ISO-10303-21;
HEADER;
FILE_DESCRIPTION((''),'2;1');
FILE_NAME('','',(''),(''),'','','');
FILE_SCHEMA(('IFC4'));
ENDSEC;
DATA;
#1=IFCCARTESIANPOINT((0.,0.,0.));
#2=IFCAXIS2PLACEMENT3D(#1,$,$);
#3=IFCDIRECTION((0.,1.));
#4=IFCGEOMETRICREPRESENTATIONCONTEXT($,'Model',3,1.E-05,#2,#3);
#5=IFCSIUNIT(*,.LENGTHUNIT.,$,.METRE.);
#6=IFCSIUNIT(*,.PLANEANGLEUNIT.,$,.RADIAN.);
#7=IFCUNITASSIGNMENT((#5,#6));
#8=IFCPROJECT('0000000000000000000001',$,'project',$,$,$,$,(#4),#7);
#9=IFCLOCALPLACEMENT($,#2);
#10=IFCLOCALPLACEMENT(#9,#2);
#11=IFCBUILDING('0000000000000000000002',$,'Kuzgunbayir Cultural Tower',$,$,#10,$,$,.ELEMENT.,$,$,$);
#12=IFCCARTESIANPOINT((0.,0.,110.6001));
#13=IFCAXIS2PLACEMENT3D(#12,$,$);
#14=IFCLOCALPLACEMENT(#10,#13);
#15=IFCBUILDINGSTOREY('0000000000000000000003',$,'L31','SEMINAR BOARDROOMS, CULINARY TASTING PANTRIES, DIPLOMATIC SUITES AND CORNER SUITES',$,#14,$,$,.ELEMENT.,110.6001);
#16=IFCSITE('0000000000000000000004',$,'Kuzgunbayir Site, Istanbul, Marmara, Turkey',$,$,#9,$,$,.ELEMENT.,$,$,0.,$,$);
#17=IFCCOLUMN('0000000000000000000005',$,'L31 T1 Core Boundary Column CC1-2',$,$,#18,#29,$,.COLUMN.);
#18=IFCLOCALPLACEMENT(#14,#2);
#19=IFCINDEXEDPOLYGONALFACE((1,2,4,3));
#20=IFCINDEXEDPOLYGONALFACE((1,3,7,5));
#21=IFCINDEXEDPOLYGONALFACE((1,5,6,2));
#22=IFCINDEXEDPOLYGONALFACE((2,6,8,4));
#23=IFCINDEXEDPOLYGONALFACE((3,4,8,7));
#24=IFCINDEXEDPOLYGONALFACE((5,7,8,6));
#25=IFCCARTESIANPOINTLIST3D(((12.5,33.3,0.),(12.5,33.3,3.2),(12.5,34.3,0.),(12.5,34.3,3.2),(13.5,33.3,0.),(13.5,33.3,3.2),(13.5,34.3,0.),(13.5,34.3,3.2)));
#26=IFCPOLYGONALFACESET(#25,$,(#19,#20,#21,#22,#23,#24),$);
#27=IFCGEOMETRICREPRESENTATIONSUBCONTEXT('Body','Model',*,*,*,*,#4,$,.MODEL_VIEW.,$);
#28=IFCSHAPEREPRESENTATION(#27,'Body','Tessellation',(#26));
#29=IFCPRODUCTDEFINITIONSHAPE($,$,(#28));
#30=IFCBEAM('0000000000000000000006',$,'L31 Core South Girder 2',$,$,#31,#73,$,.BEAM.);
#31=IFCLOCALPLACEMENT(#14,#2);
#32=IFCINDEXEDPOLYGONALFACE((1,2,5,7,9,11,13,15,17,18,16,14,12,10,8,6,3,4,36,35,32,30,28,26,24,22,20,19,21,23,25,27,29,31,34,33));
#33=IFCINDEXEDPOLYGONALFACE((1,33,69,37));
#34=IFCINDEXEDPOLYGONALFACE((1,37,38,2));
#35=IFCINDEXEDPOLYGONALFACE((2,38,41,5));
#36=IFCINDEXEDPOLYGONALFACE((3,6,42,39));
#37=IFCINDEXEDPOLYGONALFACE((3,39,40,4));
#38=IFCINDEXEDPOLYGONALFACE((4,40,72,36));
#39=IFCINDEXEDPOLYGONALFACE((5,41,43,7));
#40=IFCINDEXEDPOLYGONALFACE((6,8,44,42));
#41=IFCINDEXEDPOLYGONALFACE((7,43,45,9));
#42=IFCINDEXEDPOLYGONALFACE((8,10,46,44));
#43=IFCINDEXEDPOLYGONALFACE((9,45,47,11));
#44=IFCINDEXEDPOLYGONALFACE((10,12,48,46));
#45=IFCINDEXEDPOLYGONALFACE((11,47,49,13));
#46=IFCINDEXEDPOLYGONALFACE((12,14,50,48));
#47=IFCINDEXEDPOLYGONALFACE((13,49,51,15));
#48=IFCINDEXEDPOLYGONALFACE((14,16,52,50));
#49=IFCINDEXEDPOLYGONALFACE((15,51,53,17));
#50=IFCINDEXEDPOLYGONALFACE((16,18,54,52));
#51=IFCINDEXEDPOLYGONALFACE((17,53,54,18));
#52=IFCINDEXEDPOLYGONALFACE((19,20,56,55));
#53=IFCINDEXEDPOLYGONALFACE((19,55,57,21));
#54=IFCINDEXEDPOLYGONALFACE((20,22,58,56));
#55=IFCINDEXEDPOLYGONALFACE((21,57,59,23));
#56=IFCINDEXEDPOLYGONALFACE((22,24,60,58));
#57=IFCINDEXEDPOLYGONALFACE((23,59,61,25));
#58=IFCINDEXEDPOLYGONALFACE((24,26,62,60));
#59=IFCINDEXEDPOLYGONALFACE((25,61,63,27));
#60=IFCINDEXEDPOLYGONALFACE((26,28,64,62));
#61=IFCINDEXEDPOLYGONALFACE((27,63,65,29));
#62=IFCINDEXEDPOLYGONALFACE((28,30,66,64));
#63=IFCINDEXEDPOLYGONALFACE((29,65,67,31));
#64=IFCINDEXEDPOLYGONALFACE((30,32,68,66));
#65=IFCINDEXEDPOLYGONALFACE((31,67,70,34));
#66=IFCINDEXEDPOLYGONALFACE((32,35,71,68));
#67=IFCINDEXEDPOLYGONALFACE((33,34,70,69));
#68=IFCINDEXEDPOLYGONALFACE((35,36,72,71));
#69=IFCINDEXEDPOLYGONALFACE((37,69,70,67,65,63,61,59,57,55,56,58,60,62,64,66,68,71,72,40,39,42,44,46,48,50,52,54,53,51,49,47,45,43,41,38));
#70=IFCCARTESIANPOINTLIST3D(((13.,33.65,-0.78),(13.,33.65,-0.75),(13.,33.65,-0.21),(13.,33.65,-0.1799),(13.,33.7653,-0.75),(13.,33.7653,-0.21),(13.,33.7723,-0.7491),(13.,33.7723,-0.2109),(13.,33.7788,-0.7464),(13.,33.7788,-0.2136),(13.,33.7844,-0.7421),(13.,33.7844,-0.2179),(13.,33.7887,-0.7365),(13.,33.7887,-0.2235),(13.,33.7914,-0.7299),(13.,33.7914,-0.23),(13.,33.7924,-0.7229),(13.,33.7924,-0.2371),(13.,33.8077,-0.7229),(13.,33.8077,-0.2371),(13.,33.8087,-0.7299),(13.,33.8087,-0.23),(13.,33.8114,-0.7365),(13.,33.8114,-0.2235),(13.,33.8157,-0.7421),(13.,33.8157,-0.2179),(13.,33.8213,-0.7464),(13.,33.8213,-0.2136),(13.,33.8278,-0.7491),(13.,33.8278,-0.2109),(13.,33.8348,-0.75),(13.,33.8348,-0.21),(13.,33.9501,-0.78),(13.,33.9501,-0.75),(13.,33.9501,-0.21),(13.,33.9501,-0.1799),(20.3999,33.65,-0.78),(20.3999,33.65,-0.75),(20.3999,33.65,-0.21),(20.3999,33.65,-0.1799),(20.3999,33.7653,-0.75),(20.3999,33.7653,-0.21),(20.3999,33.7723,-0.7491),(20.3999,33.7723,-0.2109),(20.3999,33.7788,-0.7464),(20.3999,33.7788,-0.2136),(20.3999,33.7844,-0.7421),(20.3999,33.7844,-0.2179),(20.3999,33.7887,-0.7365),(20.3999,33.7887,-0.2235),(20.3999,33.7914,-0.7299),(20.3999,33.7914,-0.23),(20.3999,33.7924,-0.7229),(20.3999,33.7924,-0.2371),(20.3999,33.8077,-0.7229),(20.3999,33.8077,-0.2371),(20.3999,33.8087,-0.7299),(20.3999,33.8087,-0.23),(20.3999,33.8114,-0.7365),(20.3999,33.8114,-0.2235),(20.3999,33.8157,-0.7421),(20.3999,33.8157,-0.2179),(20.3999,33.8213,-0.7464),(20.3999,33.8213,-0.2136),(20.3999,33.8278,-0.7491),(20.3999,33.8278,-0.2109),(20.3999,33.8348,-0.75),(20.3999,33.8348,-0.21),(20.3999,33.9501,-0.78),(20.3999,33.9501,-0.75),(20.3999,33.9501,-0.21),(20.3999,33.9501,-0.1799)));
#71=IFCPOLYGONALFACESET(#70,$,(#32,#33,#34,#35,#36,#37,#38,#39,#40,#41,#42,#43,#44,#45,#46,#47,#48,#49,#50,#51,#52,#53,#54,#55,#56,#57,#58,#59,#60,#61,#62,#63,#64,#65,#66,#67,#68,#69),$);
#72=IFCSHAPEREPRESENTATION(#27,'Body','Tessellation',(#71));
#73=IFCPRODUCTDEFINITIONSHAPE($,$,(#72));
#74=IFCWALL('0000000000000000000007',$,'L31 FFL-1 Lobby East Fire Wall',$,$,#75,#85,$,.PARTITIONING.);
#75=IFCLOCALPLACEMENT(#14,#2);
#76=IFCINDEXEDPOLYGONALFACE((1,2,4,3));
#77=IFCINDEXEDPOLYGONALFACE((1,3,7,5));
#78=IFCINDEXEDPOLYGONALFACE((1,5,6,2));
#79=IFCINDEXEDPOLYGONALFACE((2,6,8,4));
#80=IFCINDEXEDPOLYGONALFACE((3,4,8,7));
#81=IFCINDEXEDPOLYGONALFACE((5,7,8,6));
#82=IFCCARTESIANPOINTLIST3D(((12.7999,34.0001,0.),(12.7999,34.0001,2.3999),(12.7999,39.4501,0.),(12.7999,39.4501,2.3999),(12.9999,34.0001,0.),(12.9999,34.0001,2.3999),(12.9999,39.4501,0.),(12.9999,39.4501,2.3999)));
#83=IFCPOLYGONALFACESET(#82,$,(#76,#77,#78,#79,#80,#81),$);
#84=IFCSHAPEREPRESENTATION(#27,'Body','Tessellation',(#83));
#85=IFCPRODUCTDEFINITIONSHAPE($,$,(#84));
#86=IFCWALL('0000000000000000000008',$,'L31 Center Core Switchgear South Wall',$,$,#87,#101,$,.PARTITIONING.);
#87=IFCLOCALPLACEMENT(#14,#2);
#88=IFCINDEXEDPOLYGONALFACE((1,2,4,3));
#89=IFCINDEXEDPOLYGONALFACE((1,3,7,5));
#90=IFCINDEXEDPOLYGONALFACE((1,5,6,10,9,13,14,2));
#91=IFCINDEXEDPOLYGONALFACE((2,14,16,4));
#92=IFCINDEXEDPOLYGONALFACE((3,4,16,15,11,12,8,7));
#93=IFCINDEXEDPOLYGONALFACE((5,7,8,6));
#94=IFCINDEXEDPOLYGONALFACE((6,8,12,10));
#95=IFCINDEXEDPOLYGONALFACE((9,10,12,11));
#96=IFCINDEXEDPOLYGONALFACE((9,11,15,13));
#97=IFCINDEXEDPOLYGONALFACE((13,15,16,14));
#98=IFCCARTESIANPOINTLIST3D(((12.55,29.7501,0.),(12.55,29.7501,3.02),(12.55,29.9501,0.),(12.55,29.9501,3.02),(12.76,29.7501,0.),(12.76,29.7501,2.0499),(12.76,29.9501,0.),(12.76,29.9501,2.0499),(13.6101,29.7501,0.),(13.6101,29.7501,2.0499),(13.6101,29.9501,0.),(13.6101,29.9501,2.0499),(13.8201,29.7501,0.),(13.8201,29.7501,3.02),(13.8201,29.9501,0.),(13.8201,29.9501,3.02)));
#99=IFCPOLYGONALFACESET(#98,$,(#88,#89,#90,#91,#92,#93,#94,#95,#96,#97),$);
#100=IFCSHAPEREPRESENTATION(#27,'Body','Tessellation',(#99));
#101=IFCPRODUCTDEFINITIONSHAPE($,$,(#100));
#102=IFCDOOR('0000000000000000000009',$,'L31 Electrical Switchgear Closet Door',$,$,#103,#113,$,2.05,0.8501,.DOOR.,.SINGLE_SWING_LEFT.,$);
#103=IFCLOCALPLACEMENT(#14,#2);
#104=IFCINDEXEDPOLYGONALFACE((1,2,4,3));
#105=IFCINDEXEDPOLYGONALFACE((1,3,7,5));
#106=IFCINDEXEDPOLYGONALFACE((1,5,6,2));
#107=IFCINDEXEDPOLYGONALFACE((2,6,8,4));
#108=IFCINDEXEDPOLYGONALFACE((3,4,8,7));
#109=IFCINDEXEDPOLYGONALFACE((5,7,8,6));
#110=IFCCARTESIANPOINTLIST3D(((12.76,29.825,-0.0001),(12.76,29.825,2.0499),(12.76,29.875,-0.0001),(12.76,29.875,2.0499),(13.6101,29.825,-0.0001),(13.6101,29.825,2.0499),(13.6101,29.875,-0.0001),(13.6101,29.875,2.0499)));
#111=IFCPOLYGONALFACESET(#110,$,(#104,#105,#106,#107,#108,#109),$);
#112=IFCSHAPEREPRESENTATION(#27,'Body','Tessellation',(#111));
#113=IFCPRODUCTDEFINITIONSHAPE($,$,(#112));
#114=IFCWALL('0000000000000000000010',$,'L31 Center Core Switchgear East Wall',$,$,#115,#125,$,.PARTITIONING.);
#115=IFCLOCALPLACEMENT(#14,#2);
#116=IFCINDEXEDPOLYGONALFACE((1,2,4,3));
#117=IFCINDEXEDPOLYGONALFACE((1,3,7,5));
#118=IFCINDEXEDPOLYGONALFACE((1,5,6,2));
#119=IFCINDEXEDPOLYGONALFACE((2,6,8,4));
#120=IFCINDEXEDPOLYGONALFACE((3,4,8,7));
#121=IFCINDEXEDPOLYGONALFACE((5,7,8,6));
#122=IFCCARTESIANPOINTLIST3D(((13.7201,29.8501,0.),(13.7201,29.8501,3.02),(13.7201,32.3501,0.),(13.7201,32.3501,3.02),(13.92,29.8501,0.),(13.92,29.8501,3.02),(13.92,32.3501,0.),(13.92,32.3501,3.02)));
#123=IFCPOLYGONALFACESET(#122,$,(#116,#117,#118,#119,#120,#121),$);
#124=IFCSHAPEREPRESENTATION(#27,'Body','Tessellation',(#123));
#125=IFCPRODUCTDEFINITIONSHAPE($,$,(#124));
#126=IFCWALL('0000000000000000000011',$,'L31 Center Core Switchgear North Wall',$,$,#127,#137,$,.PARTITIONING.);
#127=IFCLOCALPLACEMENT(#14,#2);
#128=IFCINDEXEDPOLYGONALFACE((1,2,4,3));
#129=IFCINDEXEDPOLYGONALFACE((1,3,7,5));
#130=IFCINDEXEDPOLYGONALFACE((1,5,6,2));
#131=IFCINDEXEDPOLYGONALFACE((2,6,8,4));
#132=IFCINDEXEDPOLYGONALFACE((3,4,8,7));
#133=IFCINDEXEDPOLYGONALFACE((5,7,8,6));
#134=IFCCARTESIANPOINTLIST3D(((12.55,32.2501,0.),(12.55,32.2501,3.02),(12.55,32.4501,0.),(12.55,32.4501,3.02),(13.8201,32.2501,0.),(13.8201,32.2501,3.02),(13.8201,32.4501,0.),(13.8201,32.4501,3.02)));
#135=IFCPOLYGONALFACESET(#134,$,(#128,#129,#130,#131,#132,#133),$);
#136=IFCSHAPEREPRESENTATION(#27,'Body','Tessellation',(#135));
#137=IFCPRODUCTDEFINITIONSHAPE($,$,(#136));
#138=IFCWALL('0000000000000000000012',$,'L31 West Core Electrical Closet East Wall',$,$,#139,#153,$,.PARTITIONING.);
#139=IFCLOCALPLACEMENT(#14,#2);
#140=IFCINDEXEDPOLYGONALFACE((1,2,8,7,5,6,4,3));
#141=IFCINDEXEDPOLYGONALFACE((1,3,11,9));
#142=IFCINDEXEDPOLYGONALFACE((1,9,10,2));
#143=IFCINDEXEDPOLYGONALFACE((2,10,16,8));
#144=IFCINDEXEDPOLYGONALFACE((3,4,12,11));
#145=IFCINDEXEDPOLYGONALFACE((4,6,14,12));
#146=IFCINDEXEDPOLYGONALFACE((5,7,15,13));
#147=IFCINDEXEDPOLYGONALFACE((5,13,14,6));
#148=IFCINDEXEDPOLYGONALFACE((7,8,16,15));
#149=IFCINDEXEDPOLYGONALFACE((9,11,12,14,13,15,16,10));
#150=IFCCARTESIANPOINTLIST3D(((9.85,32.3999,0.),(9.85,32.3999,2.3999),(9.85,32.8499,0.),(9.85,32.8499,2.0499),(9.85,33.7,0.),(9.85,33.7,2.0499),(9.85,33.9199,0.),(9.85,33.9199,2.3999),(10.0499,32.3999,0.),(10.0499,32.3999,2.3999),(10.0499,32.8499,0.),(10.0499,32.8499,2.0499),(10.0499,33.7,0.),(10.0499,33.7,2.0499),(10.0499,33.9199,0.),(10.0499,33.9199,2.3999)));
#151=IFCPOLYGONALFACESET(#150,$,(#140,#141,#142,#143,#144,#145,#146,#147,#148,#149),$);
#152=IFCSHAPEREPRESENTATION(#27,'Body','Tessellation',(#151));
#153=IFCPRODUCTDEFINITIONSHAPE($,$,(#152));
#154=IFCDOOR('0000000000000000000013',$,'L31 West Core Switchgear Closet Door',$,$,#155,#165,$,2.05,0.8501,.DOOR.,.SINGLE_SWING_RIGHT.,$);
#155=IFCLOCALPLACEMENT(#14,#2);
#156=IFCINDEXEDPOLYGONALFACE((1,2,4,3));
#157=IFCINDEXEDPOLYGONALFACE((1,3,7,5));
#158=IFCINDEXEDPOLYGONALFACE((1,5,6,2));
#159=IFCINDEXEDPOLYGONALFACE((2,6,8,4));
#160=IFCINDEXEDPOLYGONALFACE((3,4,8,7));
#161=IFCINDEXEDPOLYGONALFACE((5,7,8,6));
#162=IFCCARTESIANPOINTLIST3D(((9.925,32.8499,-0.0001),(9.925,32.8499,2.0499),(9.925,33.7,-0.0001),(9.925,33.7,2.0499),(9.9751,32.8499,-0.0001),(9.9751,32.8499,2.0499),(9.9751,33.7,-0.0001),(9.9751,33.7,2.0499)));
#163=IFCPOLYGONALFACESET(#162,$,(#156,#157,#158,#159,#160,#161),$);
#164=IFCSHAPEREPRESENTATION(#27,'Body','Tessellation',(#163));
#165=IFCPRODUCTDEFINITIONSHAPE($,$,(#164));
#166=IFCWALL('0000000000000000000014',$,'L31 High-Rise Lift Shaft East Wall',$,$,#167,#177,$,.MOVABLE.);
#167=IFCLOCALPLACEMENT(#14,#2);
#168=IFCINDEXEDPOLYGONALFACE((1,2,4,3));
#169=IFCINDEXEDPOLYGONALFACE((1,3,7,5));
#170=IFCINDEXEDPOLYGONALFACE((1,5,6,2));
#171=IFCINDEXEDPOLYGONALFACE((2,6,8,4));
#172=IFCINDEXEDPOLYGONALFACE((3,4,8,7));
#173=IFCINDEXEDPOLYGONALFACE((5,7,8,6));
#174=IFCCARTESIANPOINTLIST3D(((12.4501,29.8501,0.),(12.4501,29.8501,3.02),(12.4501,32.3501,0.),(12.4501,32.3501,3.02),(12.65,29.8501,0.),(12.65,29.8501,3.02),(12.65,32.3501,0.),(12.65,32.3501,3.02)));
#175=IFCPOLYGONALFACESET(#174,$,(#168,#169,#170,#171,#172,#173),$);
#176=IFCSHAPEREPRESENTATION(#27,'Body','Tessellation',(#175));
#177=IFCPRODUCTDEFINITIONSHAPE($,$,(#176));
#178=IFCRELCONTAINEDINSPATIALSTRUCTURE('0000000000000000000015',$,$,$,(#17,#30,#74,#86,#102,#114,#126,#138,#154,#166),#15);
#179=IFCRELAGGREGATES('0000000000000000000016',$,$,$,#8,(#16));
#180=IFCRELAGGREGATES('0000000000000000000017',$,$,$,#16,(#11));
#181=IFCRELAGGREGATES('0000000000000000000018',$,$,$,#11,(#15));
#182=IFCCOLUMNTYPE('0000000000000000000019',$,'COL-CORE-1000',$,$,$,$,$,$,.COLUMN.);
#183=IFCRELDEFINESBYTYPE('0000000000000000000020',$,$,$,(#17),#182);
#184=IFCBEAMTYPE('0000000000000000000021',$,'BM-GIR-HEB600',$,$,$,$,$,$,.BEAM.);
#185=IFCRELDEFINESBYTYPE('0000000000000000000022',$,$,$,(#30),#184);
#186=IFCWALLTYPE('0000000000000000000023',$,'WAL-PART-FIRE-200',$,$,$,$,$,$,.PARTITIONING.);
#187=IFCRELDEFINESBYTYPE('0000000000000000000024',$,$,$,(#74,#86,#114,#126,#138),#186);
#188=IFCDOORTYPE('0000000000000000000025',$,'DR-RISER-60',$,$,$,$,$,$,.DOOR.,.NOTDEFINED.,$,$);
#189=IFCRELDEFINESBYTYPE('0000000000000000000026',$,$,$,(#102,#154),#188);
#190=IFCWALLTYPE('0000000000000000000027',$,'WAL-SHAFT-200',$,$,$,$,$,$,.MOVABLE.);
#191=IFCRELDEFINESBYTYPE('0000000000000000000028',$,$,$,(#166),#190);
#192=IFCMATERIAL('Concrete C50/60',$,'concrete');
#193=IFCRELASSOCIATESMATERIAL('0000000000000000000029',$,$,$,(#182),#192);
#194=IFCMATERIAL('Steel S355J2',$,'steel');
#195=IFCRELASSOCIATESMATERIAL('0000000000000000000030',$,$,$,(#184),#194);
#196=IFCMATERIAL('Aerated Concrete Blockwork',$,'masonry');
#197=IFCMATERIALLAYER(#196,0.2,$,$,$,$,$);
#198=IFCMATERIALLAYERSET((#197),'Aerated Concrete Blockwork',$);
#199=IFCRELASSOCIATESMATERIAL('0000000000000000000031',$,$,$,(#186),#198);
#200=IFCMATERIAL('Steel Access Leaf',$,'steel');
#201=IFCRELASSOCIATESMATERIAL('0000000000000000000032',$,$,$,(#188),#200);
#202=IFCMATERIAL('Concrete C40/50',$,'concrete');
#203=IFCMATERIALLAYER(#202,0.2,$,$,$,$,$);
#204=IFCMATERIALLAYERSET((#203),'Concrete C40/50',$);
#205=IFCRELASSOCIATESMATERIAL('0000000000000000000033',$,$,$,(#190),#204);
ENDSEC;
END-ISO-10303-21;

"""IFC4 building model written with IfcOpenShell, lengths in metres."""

from ifc_helpers import new_model, si_unit, direction, frame, frame_2d, origin, origin_2d, place, context, subcontext, project, spatial, rectangle, i_section, extrude, material, layer, layer_set, material_profile, profile_set, type_object, element, fill, save


model = new_model("IFC4")

# Units and contexts
model_context = context("Model", 3, precision=1e-05, world=origin(), true_north=direction((0.0, 1.0)))
body_context = subcontext(model_context, "Body", "Model", "MODEL_VIEW")
ifc_project = project(units=[si_unit("LENGTHUNIT", "METRE"), si_unit("PLANEANGLEUNIT", "RADIAN")], contexts=[model_context])

# Site, building, storey
site_placement = place(None, origin())
site = spatial("IfcSite", under=ifc_project, at=site_placement, Name="Kuzgunbayir Site, Istanbul, Marmara, Turkey", CompositionType="ELEMENT", RefElevation=0.0)
building_placement = place(site_placement, origin())
building = spatial("IfcBuilding", under=site, at=building_placement, Name="Kuzgunbayir Cultural Tower", CompositionType="ELEMENT")
storey_placement = place(building_placement, frame((0.0, 0.0, 110.6001)))
storey = spatial("IfcBuildingStorey", under=building, at=storey_placement, Name="L31", Description="SEMINAR BOARDROOMS, CULINARY TASTING PANTRIES, DIPLOMATIC SUITES AND CORNER SUITES", CompositionType="ELEMENT", Elevation=110.6001)

# Column
ifc_material_1 = material(Name="Concrete C50/60", Category="concrete")
ifc_material_profile_1 = material_profile(ifc_material_1, rectangle(XDim=1.0, YDim=1.0, at=origin_2d()), Name="RC 1000x1000")
ifc_profile_set_1 = profile_set([ifc_material_profile_1], Name="Concrete C50/60")
column_type = type_object("IfcColumnType", Name="COL-CORE-1000", PredefinedType="COLUMN", material=ifc_profile_set_1)
column_placement = place(storey_placement, frame((13.0, 33.8, 0.0), z_axis=(0.0, 0.0, 1.0), x_axis=(1.0, 0.0, 0.0)))
element("IfcColumn", 1, at=column_placement, inside=storey, type_object=column_type, Name="L31 T1 Core Boundary Column CC1-2", PredefinedType="COLUMN", context=body_context, shape_type="SweptSolid", body=[
    extrude(rectangle(XDim=1.0, YDim=1.0, at=origin_2d()), origin(), (0.0, 0.0, 1.0), 3.2),
])

# Beam
ifc_material_2 = material(Name="Steel S355J2", Category="steel")
ifc_material_profile_2 = material_profile(ifc_material_2, i_section(OverallWidth=0.3, OverallDepth=0.6001, WebThickness=0.0154, FlangeThickness=0.03, FilletRadius=0.0271, at=origin_2d()), Name="HEB 600")
ifc_profile_set_2 = profile_set([ifc_material_profile_2], Name="Steel S355J2")
beam_type = type_object("IfcBeamType", Name="BM-GIR-HEB600", PredefinedType="BEAM", material=ifc_profile_set_2)
beam_placement = place(storey_placement, frame((13.0, 33.8, -0.48), z_axis=(1.0, 0.0, 0.0), x_axis=(0.0, 1.0, 0.0)))
element("IfcBeam", 2, at=beam_placement, inside=storey, type_object=beam_type, Name="L31 Core South Girder 2", PredefinedType="BEAM", context=body_context, shape_type="SweptSolid", body=[
    extrude(i_section(OverallWidth=0.3, OverallDepth=0.6001, WebThickness=0.0154, FlangeThickness=0.03, FilletRadius=0.0271, at=origin_2d()), origin(), (0.0, 0.0, 1.0), 7.3999),
])

# Wall
ifc_material_3 = material(Name="Aerated Concrete Blockwork", Category="masonry")
ifc_layer_1 = layer(ifc_material_3, 0.2)
ifc_layer_set_1 = layer_set([ifc_layer_1], Name="Aerated Concrete Blockwork")
wall_type_1 = type_object("IfcWallType", Name="WAL-PART-FIRE-200", PredefinedType="PARTITIONING", material=ifc_layer_set_1)
wall_1_placement = place(storey_placement, frame((12.8999, 34.0, 0.0), z_axis=(0.0, 0.0, 1.0), x_axis=(0.0, 1.0, 0.0)))
element("IfcWall", 3, at=wall_1_placement, inside=storey, type_object=wall_type_1, Name="L31 FFL-1 Lobby East Fire Wall", PredefinedType="PARTITIONING", context=body_context, shape_type="SweptSolid", body=[
    extrude(rectangle(XDim=5.45, YDim=0.2, at=frame_2d((2.7251, 0.0))), origin(), (0.0, 0.0, 1.0), 2.3999),
])

# Wall, opening, door
wall_2_placement = place(storey_placement, frame((12.55, 29.8501, 0.0), z_axis=(0.0, 0.0, 1.0), x_axis=(1.0, 0.0, 0.0)))
wall_2 = element("IfcWall", 4, at=wall_2_placement, inside=storey, type_object=wall_type_1, Name="L31 Center Core Switchgear South Wall", PredefinedType="PARTITIONING", context=body_context, shape_type="SweptSolid", body=[
    extrude(rectangle(XDim=1.27, YDim=0.2, at=frame_2d((0.635, 0.0))), origin(), (0.0, 0.0, 1.0), 3.02),
])
opening_1_placement = place(wall_2_placement, frame((0.21, 0.0, 0.0)))
opening_1 = element("IfcOpeningElement", 5, at=opening_1_placement, cuts=wall_2, PredefinedType="OPENING", context=body_context, shape_type="SweptSolid", body=[
    extrude(rectangle(XDim=0.8501, YDim=2.05, at=frame_2d((0.425, 1.0249))), frame((0.0, 0.1099, 0.0), z_axis=(0.0, -1.0, 0.0), x_axis=(1.0, 0.0, 0.0)), (0.0, 0.0, 1.0), 0.22),
])
ifc_material_4 = material(Name="Steel Access Leaf", Category="steel")
door_type_1 = type_object("IfcDoorType", Name="DR-RISER-60", OperationType="NOTDEFINED", PredefinedType="DOOR", material=ifc_material_4)
door_1_placement = place(opening_1_placement, origin())
door_1 = element("IfcDoor", 6, at=door_1_placement, inside=storey, type_object=door_type_1, Name="L31 Electrical Switchgear Closet Door", OperationType="SINGLE_SWING_LEFT", OverallHeight=2.05, OverallWidth=0.8501, PredefinedType="DOOR", context=body_context, shape_type="SweptSolid", body=[
    extrude(rectangle(XDim=0.8501, YDim=2.05, at=frame_2d((0.425, 1.0249))), frame((0.0, 0.0249, 0.0), z_axis=(0.0, -1.0, 0.0), x_axis=(1.0, 0.0, 0.0)), (0.0, 0.0, 1.0), 0.05),
])
fill(opening_1, door_1)

# Walls
wall_3_placement = place(storey_placement, frame((13.8201, 29.8501, 0.0), z_axis=(0.0, 0.0, 1.0), x_axis=(0.0, 1.0, 0.0)))
element("IfcWall", 7, at=wall_3_placement, inside=storey, type_object=wall_type_1, Name="L31 Center Core Switchgear East Wall", PredefinedType="PARTITIONING", context=body_context, shape_type="SweptSolid", body=[
    extrude(rectangle(XDim=2.5, YDim=0.2, at=frame_2d((1.25, 0.0))), origin(), (0.0, 0.0, 1.0), 3.02),
])
wall_4_placement = place(storey_placement, frame((12.55, 32.3501, 0.0), z_axis=(0.0, 0.0, 1.0), x_axis=(1.0, 0.0, 0.0)))
element("IfcWall", 8, at=wall_4_placement, inside=storey, type_object=wall_type_1, Name="L31 Center Core Switchgear North Wall", PredefinedType="PARTITIONING", context=body_context, shape_type="SweptSolid", body=[
    extrude(rectangle(XDim=1.27, YDim=0.2, at=frame_2d((0.635, 0.0))), origin(), (0.0, 0.0, 1.0), 3.02),
])

# Wall, opening, door
wall_5_placement = place(storey_placement, frame((9.95, 32.3999, 0.0), z_axis=(0.0, 0.0, 1.0), x_axis=(0.0, 1.0, 0.0)))
wall_5 = element("IfcWall", 9, at=wall_5_placement, inside=storey, type_object=wall_type_1, Name="L31 West Core Electrical Closet East Wall", PredefinedType="PARTITIONING", context=body_context, shape_type="SweptSolid", body=[
    extrude(rectangle(XDim=1.52, YDim=0.2, at=frame_2d((0.76, 0.0))), origin(), (0.0, 0.0, 1.0), 2.3999),
])
opening_2_placement = place(wall_5_placement, frame((0.45, 0.0, 0.0)))
opening_2 = element("IfcOpeningElement", 10, at=opening_2_placement, cuts=wall_5, PredefinedType="OPENING", context=body_context, shape_type="SweptSolid", body=[
    extrude(rectangle(XDim=0.8501, YDim=2.05, at=frame_2d((0.425, 1.0249))), frame((0.0, 0.1099, 0.0), z_axis=(0.0, -1.0, 0.0), x_axis=(1.0, 0.0, 0.0)), (0.0, 0.0, 1.0), 0.22),
])
door_2_placement = place(opening_2_placement, origin())
door_2 = element("IfcDoor", 11, at=door_2_placement, inside=storey, type_object=door_type_1, Name="L31 West Core Switchgear Closet Door", OperationType="SINGLE_SWING_RIGHT", OverallHeight=2.05, OverallWidth=0.8501, PredefinedType="DOOR", context=body_context, shape_type="SweptSolid", body=[
    extrude(rectangle(XDim=0.8501, YDim=2.05, at=frame_2d((0.425, 1.0249))), frame((0.0, 0.0249, 0.0), z_axis=(0.0, -1.0, 0.0), x_axis=(1.0, 0.0, 0.0)), (0.0, 0.0, 1.0), 0.05),
])
fill(opening_2, door_2)

# Wall
ifc_material_5 = material(Name="Concrete C40/50", Category="concrete")
ifc_layer_2 = layer(ifc_material_5, 0.2)
ifc_layer_set_2 = layer_set([ifc_layer_2], Name="Concrete C40/50")
wall_type_2 = type_object("IfcWallType", Name="WAL-SHAFT-200", PredefinedType="MOVABLE", material=ifc_layer_set_2)
wall_6_placement = place(storey_placement, frame((12.55, 29.8501, 0.0), z_axis=(0.0, 0.0, 1.0), x_axis=(0.0, 1.0, 0.0)))
element("IfcWall", 12, at=wall_6_placement, inside=storey, type_object=wall_type_2, Name="L31 High-Rise Lift Shaft East Wall", PredefinedType="MOVABLE", context=body_context, shape_type="SweptSolid", body=[
    extrude(rectangle(XDim=2.5, YDim=0.2, at=frame_2d((1.25, 0.0))), origin(), (0.0, 0.0, 1.0), 3.02),
])

save(model, "model.ifc")
